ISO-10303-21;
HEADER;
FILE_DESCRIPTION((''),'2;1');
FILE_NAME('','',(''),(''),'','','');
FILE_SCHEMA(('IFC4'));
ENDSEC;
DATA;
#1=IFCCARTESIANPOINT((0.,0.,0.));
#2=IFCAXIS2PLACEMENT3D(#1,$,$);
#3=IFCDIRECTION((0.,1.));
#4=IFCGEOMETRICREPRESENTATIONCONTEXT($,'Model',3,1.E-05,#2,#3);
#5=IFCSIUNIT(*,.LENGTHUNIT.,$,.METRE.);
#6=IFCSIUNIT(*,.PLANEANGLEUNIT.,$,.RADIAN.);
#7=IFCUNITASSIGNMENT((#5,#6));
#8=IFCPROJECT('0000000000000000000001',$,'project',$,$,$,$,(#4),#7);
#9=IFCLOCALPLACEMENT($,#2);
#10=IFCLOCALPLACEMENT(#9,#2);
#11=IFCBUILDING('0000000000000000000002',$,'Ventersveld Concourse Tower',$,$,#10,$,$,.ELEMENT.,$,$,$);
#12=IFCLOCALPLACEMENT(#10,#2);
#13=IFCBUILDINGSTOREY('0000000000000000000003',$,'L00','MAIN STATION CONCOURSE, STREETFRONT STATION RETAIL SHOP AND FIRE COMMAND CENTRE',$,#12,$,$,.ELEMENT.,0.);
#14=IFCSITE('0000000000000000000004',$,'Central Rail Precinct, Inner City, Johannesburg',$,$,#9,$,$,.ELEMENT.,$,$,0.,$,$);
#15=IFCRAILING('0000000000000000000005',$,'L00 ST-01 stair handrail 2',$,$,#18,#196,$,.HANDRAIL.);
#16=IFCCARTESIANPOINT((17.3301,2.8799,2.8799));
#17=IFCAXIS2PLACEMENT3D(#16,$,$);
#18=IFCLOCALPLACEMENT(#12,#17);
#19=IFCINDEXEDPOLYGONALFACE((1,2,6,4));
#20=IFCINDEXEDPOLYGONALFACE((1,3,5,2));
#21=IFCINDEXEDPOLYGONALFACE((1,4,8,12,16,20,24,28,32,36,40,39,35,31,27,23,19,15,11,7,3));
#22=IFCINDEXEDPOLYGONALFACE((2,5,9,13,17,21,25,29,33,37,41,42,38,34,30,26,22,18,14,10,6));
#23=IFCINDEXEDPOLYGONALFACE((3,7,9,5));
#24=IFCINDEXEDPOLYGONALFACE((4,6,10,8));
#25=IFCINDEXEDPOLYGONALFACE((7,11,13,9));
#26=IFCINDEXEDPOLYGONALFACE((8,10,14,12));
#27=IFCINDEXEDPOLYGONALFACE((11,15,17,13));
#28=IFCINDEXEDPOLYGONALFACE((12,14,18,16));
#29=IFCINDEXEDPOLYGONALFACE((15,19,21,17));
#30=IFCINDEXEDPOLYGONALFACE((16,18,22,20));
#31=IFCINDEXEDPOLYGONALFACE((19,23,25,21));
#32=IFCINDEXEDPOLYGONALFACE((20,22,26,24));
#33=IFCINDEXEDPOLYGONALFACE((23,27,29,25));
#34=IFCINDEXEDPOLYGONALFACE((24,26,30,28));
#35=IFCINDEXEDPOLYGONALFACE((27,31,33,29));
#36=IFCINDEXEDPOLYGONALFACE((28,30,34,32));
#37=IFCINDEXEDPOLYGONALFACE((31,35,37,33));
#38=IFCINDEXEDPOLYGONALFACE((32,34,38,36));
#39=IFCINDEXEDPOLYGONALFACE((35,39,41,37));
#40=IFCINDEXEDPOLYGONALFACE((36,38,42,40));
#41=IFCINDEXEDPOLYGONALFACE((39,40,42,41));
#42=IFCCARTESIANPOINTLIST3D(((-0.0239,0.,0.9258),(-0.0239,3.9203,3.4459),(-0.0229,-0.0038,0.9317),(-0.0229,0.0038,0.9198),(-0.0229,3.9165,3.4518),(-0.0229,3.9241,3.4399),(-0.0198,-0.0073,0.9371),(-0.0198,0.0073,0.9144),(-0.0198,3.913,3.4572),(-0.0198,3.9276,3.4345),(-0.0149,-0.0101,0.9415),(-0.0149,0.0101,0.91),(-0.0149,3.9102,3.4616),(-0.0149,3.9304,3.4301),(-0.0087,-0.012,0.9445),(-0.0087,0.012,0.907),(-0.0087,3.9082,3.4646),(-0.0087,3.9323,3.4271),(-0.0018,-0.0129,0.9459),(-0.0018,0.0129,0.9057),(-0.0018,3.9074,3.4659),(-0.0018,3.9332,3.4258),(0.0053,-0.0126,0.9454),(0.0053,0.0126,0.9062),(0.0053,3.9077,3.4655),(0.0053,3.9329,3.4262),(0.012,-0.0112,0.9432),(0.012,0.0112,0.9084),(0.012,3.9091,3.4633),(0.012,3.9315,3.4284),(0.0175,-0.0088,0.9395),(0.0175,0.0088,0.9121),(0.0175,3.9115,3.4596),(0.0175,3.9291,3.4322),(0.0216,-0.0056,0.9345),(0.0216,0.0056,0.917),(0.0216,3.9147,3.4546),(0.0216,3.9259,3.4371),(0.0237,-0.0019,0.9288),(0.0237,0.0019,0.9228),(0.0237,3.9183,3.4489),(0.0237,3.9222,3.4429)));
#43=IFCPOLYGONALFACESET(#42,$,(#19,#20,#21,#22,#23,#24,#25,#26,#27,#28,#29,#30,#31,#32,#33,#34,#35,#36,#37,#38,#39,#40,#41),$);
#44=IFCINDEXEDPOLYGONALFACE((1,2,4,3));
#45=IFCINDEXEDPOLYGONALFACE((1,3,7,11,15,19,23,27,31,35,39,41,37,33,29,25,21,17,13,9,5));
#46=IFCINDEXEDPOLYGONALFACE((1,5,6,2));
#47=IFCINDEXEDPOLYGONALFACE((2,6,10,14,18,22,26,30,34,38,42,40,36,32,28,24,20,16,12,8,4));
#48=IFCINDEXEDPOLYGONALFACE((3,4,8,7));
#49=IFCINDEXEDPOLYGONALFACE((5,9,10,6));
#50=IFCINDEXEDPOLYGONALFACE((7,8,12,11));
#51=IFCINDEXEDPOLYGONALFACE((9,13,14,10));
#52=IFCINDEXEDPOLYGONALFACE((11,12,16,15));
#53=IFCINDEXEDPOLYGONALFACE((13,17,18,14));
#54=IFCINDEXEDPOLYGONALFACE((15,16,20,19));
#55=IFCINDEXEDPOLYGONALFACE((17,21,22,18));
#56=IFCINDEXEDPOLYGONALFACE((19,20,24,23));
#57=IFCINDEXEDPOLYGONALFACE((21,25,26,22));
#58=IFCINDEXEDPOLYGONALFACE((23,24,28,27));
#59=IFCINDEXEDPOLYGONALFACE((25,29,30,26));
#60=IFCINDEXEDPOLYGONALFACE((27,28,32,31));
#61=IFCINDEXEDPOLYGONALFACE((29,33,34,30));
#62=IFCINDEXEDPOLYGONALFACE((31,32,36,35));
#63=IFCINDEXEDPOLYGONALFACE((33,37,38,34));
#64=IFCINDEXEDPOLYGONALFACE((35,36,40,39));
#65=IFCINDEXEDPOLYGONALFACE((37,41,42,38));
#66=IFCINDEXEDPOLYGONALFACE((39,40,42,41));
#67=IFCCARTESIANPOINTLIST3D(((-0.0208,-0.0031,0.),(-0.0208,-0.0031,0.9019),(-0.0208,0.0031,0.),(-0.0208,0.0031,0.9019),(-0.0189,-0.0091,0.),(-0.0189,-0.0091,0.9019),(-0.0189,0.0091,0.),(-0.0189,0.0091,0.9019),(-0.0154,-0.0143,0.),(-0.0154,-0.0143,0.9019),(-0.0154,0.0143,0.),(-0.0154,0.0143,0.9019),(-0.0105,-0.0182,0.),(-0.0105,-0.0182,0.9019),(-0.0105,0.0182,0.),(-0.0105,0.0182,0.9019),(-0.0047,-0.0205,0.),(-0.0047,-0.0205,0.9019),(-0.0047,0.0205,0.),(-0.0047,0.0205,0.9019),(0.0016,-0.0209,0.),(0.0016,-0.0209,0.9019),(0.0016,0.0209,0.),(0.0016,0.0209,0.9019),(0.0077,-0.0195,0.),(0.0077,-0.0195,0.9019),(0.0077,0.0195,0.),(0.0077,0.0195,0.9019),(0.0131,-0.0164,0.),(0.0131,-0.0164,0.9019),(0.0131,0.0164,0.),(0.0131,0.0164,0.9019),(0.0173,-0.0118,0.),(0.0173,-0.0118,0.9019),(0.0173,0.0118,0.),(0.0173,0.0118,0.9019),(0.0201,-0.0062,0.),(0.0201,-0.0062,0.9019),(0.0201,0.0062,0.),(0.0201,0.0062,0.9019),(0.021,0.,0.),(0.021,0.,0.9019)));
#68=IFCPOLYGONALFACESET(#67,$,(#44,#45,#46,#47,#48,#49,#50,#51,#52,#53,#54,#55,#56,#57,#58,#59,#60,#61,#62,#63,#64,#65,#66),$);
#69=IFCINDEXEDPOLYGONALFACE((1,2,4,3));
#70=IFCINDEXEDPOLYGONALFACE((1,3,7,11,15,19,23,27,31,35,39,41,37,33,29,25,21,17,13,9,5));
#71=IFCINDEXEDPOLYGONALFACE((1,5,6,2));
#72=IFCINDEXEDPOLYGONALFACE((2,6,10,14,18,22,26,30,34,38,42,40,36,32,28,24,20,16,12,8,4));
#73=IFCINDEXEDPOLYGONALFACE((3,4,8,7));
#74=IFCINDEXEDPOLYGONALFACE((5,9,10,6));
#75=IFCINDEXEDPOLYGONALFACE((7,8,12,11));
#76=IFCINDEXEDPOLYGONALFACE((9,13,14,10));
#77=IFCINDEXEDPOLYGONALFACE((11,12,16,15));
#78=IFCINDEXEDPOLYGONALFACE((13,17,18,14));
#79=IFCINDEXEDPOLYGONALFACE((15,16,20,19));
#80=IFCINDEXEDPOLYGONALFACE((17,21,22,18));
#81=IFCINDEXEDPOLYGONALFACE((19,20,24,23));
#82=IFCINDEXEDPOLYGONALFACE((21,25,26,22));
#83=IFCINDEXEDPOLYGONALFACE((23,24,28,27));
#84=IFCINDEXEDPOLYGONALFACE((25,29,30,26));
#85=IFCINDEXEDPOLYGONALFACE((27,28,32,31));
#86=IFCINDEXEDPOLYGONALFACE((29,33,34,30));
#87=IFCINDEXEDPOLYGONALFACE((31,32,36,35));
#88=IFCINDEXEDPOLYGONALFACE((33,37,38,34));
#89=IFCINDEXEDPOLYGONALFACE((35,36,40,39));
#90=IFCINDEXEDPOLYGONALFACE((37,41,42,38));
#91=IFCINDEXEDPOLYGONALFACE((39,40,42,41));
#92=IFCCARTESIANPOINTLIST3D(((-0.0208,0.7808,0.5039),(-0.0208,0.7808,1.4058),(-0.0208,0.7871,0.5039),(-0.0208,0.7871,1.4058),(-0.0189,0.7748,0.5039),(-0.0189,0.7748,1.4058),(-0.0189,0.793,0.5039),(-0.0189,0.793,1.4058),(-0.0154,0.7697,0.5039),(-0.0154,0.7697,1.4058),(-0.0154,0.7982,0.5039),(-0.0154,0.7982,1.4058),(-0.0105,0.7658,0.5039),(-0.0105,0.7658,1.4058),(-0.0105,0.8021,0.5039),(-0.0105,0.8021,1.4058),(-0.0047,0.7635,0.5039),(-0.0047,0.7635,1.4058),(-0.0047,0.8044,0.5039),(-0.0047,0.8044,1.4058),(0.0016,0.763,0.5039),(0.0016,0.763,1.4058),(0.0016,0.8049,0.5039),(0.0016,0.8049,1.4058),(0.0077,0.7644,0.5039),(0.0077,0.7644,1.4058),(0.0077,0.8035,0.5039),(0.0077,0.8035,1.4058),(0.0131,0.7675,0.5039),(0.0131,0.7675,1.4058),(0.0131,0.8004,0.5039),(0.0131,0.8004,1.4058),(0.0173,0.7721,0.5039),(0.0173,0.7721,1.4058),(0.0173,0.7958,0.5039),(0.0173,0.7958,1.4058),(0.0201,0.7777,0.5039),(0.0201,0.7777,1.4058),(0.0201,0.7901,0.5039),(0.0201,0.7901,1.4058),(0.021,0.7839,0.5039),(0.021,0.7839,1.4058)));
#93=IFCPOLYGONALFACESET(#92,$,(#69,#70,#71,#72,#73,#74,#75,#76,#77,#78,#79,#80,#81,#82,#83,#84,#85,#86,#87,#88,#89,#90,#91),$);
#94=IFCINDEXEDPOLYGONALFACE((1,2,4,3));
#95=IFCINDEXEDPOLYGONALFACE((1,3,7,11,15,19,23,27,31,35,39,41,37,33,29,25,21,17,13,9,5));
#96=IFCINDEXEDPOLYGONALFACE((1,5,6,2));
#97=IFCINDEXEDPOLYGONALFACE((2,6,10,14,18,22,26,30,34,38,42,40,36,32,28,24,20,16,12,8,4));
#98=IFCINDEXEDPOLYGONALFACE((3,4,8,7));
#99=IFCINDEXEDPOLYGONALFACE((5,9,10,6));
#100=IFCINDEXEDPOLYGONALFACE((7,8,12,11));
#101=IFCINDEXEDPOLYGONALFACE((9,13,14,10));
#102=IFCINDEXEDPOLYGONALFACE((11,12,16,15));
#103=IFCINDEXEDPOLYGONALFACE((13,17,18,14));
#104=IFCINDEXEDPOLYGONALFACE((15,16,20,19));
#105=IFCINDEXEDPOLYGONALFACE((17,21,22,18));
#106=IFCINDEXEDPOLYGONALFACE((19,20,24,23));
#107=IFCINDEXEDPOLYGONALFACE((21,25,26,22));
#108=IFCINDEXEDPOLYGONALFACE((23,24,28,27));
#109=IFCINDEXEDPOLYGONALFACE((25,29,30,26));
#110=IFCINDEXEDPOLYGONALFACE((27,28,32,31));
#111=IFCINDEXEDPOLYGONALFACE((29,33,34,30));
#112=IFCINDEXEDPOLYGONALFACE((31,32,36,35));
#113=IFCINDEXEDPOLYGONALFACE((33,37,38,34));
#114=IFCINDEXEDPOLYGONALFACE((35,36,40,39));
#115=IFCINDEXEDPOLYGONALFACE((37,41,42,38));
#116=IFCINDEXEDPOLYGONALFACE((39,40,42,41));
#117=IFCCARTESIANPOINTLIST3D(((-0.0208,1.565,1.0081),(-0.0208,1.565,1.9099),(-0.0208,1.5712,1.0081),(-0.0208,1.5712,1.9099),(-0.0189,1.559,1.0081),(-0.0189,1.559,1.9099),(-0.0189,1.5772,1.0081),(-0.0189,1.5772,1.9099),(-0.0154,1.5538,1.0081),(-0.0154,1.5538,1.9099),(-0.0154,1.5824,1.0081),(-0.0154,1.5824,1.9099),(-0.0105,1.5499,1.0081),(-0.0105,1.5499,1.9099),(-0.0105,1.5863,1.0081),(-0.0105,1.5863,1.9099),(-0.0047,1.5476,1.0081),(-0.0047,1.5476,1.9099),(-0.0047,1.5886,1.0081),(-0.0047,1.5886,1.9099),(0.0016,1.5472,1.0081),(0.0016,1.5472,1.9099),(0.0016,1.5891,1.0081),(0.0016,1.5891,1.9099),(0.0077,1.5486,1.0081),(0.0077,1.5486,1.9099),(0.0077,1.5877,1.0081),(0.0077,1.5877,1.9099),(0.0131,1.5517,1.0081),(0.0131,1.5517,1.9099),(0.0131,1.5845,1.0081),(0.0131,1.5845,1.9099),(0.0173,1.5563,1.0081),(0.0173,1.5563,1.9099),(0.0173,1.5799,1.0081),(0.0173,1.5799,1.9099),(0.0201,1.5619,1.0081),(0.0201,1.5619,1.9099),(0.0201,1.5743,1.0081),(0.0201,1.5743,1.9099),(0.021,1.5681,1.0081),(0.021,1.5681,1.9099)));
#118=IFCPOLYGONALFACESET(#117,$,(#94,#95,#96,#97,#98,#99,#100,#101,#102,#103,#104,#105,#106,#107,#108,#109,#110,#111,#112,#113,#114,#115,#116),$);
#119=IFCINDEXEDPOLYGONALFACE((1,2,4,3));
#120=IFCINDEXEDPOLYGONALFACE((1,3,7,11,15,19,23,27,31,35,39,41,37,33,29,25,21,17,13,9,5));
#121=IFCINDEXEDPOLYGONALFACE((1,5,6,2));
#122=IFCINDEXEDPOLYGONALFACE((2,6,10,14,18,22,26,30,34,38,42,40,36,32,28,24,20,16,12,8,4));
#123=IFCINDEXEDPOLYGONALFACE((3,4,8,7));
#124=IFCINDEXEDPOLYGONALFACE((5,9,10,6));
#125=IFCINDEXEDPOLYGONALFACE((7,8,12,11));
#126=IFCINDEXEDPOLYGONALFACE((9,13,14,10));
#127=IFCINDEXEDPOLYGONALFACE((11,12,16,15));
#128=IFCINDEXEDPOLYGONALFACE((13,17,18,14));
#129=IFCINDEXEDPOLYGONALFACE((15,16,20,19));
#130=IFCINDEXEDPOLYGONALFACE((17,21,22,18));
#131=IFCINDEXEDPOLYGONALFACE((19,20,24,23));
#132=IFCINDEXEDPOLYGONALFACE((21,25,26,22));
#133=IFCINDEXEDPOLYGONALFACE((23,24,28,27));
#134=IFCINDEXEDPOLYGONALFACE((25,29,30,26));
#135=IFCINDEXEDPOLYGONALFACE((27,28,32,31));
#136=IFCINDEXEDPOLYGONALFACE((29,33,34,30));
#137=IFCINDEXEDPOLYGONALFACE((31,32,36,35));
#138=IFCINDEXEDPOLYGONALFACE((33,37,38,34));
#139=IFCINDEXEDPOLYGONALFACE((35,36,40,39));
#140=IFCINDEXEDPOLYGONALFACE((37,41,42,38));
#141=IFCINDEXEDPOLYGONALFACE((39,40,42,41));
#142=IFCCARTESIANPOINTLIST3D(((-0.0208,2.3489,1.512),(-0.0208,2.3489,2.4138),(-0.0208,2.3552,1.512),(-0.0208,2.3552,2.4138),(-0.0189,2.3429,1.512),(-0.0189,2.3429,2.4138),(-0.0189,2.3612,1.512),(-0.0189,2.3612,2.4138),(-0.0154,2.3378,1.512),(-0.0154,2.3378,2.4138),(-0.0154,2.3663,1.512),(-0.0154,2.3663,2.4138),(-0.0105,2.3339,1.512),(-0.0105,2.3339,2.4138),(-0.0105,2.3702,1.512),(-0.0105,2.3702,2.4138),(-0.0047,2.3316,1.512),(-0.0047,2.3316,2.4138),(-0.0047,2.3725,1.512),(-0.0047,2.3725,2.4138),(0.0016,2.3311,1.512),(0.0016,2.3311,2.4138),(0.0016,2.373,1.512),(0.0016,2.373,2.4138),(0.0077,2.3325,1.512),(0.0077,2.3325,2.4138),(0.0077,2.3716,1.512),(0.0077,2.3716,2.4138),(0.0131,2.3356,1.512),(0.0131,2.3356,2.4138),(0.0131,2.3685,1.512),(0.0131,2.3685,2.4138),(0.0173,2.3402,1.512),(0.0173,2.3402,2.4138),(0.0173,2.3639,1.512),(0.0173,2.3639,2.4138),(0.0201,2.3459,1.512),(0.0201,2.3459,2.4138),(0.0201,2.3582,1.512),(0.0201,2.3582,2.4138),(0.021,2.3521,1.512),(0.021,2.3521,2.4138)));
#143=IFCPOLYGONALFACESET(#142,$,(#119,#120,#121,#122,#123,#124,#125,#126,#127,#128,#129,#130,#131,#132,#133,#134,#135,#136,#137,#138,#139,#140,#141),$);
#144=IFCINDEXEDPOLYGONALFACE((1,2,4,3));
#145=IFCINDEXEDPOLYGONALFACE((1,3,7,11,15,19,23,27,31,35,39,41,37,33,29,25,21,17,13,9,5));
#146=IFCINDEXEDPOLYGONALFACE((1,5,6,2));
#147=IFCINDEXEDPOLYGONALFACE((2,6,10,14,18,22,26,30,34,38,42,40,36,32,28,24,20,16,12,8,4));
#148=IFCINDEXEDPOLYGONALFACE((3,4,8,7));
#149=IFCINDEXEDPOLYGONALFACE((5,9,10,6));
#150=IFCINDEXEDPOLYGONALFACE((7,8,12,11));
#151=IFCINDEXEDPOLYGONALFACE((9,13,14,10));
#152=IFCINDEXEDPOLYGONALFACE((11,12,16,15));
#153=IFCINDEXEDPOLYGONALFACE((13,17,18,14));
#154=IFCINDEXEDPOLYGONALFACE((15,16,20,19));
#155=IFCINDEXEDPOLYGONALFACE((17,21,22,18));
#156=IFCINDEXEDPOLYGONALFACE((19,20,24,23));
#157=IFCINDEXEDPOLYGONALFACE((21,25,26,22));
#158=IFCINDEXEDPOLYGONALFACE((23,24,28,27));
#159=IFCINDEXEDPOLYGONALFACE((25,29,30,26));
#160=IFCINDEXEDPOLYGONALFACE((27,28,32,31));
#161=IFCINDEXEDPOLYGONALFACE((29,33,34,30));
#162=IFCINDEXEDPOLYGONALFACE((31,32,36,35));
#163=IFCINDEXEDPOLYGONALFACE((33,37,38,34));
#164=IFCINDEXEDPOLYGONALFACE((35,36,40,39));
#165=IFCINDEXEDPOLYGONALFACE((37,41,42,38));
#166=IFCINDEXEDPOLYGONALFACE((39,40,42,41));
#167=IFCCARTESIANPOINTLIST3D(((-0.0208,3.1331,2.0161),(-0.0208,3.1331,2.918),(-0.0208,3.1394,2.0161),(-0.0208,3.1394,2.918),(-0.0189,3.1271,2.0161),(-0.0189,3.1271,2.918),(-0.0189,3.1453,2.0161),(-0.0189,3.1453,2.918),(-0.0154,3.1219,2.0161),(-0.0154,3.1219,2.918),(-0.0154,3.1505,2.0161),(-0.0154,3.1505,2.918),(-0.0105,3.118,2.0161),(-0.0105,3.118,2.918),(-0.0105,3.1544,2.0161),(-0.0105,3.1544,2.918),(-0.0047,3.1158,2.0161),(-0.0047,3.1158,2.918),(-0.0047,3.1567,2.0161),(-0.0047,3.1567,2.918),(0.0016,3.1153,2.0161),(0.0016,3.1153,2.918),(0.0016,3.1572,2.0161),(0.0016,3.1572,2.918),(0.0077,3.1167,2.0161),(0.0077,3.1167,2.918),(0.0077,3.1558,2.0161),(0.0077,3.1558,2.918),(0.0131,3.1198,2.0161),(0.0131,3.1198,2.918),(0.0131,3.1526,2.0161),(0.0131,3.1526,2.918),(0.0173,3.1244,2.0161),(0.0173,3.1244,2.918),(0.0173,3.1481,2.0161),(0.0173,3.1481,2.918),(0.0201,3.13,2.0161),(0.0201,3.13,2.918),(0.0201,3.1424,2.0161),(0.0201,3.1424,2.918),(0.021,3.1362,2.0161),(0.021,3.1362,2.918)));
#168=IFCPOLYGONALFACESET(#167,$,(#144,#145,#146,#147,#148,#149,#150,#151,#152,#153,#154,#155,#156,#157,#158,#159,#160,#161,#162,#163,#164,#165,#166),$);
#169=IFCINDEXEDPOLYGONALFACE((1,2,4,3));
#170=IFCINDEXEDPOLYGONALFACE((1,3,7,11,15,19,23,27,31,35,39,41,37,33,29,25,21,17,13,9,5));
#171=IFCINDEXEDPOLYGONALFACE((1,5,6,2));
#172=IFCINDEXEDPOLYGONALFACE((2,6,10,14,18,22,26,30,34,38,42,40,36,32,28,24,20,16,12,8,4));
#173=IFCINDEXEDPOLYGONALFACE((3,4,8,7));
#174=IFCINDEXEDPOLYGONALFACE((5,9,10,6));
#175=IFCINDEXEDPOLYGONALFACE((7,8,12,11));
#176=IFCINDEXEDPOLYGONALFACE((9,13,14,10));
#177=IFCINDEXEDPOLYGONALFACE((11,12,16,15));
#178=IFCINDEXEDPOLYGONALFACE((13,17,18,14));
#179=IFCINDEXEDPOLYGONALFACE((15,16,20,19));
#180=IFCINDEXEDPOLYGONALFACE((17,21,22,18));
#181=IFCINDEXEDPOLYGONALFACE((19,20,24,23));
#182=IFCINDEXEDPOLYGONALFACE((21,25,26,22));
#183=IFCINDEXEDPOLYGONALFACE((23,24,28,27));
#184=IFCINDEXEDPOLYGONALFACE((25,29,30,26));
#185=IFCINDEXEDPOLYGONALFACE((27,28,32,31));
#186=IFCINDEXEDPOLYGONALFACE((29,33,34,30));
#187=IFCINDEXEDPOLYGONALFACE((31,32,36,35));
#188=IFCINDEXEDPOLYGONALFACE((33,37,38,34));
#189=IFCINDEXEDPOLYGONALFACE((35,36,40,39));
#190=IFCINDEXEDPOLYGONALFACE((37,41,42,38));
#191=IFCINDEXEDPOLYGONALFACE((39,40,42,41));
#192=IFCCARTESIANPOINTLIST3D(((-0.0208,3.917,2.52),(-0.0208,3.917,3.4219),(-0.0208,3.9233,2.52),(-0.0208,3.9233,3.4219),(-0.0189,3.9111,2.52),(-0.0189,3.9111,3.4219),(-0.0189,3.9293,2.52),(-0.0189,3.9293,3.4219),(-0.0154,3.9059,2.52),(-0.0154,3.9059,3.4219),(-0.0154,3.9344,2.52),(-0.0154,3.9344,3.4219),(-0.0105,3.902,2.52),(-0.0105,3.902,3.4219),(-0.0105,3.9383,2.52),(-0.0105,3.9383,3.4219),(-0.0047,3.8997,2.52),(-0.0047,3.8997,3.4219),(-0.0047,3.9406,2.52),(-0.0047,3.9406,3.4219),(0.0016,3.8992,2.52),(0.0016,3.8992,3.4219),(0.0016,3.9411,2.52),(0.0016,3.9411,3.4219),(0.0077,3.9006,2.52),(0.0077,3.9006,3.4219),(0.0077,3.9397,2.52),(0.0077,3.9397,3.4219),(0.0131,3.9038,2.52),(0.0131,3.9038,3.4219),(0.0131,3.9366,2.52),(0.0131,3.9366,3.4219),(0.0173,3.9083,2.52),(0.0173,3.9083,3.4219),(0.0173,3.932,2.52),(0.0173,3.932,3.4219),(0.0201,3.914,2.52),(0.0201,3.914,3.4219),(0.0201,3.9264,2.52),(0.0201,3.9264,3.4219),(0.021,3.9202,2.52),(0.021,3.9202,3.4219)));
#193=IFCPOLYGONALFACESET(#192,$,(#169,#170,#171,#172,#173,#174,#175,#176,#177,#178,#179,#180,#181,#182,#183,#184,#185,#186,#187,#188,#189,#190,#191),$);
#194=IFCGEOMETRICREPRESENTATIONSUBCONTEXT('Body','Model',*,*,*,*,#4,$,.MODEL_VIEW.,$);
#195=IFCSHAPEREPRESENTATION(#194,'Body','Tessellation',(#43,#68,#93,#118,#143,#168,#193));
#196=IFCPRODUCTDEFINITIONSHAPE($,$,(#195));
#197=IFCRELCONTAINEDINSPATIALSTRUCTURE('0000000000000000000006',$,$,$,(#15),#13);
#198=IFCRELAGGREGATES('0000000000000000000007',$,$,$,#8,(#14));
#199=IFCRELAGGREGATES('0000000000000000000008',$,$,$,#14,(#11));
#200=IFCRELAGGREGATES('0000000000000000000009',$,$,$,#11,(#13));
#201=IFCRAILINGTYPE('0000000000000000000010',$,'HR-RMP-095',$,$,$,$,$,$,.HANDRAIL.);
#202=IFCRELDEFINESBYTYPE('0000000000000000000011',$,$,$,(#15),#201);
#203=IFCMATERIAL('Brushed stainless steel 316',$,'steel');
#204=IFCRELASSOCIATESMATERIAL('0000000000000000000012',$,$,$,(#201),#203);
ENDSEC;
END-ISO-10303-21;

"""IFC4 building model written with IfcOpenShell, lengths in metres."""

from ifc_helpers import new_model, si_unit, direction, frame, origin, origin_2d, place, context, subcontext, project, spatial, circle, extrude, material, type_object, element, save


model = new_model("IFC4")

# Units and contexts
model_context = context("Model", 3, precision=1e-05, world=origin(), true_north=direction((0.0, 1.0)))
body_context = subcontext(model_context, "Body", "Model", "MODEL_VIEW")
ifc_project = project(units=[si_unit("LENGTHUNIT", "METRE"), si_unit("PLANEANGLEUNIT", "RADIAN")], contexts=[model_context])

# Site, building, storey
site_placement = place(None, origin())
site = spatial("IfcSite", under=ifc_project, at=site_placement, Name="Central Rail Precinct, Inner City, Johannesburg", CompositionType="ELEMENT", RefElevation=0.0)
building_placement = place(site_placement, origin())
building = spatial("IfcBuilding", under=site, at=building_placement, Name="Ventersveld Concourse Tower", CompositionType="ELEMENT")
storey_placement = place(building_placement, origin())
storey = spatial("IfcBuildingStorey", under=building, at=storey_placement, Name="L00", Description="MAIN STATION CONCOURSE, STREETFRONT STATION RETAIL SHOP AND FIRE COMMAND CENTRE", CompositionType="ELEMENT", Elevation=0.0)

# Shared definitions
ifc_material_1 = material(Name="Brushed stainless steel 316", Category="steel")

# Railing
railing_type_1 = type_object("IfcRailingType", Name="HR-RMP-095", PredefinedType="HANDRAIL", material=ifc_material_1)
railing_1_placement = place(storey_placement, frame((17.3301, 2.8799, 2.8799)))
element("IfcRailing", 1, at=railing_1_placement, inside=storey, type_object=railing_type_1, Name="L00 ST-01 stair handrail 2", PredefinedType="HANDRAIL", context=body_context, shape_type="SweptSolid", body=[
    extrude(circle(Radius=0.0239, at=origin_2d()), frame((0.0, 0.0, 0.9258), z_axis=(0.0, 0.841187, 0.540744), x_axis=(-1.0, 0.0, 0.0)), (0.0, 0.0, 1.0), 4.6604),
    extrude(circle(Radius=0.021, at=origin_2d()), origin(), (0.0, 0.0, 1.0), 0.9019),
    extrude(circle(Radius=0.021, at=origin_2d()), frame((0.0, 0.7839, 0.5039)), (0.0, 0.0, 1.0), 0.9019),
    extrude(circle(Radius=0.021, at=origin_2d()), frame((0.0, 1.5681, 1.0081)), (0.0, 0.0, 1.0), 0.9019),
    extrude(circle(Radius=0.021, at=origin_2d()), frame((0.0, 2.3521, 1.512)), (0.0, 0.0, 1.0), 0.9019),
    extrude(circle(Radius=0.021, at=origin_2d()), frame((0.0, 3.1362, 2.0161)), (0.0, 0.0, 1.0), 0.9019),
    extrude(circle(Radius=0.021, at=origin_2d()), frame((0.0, 3.9202, 2.52)), (0.0, 0.0, 1.0), 0.9019),
])

save(model, "model.ifc")
